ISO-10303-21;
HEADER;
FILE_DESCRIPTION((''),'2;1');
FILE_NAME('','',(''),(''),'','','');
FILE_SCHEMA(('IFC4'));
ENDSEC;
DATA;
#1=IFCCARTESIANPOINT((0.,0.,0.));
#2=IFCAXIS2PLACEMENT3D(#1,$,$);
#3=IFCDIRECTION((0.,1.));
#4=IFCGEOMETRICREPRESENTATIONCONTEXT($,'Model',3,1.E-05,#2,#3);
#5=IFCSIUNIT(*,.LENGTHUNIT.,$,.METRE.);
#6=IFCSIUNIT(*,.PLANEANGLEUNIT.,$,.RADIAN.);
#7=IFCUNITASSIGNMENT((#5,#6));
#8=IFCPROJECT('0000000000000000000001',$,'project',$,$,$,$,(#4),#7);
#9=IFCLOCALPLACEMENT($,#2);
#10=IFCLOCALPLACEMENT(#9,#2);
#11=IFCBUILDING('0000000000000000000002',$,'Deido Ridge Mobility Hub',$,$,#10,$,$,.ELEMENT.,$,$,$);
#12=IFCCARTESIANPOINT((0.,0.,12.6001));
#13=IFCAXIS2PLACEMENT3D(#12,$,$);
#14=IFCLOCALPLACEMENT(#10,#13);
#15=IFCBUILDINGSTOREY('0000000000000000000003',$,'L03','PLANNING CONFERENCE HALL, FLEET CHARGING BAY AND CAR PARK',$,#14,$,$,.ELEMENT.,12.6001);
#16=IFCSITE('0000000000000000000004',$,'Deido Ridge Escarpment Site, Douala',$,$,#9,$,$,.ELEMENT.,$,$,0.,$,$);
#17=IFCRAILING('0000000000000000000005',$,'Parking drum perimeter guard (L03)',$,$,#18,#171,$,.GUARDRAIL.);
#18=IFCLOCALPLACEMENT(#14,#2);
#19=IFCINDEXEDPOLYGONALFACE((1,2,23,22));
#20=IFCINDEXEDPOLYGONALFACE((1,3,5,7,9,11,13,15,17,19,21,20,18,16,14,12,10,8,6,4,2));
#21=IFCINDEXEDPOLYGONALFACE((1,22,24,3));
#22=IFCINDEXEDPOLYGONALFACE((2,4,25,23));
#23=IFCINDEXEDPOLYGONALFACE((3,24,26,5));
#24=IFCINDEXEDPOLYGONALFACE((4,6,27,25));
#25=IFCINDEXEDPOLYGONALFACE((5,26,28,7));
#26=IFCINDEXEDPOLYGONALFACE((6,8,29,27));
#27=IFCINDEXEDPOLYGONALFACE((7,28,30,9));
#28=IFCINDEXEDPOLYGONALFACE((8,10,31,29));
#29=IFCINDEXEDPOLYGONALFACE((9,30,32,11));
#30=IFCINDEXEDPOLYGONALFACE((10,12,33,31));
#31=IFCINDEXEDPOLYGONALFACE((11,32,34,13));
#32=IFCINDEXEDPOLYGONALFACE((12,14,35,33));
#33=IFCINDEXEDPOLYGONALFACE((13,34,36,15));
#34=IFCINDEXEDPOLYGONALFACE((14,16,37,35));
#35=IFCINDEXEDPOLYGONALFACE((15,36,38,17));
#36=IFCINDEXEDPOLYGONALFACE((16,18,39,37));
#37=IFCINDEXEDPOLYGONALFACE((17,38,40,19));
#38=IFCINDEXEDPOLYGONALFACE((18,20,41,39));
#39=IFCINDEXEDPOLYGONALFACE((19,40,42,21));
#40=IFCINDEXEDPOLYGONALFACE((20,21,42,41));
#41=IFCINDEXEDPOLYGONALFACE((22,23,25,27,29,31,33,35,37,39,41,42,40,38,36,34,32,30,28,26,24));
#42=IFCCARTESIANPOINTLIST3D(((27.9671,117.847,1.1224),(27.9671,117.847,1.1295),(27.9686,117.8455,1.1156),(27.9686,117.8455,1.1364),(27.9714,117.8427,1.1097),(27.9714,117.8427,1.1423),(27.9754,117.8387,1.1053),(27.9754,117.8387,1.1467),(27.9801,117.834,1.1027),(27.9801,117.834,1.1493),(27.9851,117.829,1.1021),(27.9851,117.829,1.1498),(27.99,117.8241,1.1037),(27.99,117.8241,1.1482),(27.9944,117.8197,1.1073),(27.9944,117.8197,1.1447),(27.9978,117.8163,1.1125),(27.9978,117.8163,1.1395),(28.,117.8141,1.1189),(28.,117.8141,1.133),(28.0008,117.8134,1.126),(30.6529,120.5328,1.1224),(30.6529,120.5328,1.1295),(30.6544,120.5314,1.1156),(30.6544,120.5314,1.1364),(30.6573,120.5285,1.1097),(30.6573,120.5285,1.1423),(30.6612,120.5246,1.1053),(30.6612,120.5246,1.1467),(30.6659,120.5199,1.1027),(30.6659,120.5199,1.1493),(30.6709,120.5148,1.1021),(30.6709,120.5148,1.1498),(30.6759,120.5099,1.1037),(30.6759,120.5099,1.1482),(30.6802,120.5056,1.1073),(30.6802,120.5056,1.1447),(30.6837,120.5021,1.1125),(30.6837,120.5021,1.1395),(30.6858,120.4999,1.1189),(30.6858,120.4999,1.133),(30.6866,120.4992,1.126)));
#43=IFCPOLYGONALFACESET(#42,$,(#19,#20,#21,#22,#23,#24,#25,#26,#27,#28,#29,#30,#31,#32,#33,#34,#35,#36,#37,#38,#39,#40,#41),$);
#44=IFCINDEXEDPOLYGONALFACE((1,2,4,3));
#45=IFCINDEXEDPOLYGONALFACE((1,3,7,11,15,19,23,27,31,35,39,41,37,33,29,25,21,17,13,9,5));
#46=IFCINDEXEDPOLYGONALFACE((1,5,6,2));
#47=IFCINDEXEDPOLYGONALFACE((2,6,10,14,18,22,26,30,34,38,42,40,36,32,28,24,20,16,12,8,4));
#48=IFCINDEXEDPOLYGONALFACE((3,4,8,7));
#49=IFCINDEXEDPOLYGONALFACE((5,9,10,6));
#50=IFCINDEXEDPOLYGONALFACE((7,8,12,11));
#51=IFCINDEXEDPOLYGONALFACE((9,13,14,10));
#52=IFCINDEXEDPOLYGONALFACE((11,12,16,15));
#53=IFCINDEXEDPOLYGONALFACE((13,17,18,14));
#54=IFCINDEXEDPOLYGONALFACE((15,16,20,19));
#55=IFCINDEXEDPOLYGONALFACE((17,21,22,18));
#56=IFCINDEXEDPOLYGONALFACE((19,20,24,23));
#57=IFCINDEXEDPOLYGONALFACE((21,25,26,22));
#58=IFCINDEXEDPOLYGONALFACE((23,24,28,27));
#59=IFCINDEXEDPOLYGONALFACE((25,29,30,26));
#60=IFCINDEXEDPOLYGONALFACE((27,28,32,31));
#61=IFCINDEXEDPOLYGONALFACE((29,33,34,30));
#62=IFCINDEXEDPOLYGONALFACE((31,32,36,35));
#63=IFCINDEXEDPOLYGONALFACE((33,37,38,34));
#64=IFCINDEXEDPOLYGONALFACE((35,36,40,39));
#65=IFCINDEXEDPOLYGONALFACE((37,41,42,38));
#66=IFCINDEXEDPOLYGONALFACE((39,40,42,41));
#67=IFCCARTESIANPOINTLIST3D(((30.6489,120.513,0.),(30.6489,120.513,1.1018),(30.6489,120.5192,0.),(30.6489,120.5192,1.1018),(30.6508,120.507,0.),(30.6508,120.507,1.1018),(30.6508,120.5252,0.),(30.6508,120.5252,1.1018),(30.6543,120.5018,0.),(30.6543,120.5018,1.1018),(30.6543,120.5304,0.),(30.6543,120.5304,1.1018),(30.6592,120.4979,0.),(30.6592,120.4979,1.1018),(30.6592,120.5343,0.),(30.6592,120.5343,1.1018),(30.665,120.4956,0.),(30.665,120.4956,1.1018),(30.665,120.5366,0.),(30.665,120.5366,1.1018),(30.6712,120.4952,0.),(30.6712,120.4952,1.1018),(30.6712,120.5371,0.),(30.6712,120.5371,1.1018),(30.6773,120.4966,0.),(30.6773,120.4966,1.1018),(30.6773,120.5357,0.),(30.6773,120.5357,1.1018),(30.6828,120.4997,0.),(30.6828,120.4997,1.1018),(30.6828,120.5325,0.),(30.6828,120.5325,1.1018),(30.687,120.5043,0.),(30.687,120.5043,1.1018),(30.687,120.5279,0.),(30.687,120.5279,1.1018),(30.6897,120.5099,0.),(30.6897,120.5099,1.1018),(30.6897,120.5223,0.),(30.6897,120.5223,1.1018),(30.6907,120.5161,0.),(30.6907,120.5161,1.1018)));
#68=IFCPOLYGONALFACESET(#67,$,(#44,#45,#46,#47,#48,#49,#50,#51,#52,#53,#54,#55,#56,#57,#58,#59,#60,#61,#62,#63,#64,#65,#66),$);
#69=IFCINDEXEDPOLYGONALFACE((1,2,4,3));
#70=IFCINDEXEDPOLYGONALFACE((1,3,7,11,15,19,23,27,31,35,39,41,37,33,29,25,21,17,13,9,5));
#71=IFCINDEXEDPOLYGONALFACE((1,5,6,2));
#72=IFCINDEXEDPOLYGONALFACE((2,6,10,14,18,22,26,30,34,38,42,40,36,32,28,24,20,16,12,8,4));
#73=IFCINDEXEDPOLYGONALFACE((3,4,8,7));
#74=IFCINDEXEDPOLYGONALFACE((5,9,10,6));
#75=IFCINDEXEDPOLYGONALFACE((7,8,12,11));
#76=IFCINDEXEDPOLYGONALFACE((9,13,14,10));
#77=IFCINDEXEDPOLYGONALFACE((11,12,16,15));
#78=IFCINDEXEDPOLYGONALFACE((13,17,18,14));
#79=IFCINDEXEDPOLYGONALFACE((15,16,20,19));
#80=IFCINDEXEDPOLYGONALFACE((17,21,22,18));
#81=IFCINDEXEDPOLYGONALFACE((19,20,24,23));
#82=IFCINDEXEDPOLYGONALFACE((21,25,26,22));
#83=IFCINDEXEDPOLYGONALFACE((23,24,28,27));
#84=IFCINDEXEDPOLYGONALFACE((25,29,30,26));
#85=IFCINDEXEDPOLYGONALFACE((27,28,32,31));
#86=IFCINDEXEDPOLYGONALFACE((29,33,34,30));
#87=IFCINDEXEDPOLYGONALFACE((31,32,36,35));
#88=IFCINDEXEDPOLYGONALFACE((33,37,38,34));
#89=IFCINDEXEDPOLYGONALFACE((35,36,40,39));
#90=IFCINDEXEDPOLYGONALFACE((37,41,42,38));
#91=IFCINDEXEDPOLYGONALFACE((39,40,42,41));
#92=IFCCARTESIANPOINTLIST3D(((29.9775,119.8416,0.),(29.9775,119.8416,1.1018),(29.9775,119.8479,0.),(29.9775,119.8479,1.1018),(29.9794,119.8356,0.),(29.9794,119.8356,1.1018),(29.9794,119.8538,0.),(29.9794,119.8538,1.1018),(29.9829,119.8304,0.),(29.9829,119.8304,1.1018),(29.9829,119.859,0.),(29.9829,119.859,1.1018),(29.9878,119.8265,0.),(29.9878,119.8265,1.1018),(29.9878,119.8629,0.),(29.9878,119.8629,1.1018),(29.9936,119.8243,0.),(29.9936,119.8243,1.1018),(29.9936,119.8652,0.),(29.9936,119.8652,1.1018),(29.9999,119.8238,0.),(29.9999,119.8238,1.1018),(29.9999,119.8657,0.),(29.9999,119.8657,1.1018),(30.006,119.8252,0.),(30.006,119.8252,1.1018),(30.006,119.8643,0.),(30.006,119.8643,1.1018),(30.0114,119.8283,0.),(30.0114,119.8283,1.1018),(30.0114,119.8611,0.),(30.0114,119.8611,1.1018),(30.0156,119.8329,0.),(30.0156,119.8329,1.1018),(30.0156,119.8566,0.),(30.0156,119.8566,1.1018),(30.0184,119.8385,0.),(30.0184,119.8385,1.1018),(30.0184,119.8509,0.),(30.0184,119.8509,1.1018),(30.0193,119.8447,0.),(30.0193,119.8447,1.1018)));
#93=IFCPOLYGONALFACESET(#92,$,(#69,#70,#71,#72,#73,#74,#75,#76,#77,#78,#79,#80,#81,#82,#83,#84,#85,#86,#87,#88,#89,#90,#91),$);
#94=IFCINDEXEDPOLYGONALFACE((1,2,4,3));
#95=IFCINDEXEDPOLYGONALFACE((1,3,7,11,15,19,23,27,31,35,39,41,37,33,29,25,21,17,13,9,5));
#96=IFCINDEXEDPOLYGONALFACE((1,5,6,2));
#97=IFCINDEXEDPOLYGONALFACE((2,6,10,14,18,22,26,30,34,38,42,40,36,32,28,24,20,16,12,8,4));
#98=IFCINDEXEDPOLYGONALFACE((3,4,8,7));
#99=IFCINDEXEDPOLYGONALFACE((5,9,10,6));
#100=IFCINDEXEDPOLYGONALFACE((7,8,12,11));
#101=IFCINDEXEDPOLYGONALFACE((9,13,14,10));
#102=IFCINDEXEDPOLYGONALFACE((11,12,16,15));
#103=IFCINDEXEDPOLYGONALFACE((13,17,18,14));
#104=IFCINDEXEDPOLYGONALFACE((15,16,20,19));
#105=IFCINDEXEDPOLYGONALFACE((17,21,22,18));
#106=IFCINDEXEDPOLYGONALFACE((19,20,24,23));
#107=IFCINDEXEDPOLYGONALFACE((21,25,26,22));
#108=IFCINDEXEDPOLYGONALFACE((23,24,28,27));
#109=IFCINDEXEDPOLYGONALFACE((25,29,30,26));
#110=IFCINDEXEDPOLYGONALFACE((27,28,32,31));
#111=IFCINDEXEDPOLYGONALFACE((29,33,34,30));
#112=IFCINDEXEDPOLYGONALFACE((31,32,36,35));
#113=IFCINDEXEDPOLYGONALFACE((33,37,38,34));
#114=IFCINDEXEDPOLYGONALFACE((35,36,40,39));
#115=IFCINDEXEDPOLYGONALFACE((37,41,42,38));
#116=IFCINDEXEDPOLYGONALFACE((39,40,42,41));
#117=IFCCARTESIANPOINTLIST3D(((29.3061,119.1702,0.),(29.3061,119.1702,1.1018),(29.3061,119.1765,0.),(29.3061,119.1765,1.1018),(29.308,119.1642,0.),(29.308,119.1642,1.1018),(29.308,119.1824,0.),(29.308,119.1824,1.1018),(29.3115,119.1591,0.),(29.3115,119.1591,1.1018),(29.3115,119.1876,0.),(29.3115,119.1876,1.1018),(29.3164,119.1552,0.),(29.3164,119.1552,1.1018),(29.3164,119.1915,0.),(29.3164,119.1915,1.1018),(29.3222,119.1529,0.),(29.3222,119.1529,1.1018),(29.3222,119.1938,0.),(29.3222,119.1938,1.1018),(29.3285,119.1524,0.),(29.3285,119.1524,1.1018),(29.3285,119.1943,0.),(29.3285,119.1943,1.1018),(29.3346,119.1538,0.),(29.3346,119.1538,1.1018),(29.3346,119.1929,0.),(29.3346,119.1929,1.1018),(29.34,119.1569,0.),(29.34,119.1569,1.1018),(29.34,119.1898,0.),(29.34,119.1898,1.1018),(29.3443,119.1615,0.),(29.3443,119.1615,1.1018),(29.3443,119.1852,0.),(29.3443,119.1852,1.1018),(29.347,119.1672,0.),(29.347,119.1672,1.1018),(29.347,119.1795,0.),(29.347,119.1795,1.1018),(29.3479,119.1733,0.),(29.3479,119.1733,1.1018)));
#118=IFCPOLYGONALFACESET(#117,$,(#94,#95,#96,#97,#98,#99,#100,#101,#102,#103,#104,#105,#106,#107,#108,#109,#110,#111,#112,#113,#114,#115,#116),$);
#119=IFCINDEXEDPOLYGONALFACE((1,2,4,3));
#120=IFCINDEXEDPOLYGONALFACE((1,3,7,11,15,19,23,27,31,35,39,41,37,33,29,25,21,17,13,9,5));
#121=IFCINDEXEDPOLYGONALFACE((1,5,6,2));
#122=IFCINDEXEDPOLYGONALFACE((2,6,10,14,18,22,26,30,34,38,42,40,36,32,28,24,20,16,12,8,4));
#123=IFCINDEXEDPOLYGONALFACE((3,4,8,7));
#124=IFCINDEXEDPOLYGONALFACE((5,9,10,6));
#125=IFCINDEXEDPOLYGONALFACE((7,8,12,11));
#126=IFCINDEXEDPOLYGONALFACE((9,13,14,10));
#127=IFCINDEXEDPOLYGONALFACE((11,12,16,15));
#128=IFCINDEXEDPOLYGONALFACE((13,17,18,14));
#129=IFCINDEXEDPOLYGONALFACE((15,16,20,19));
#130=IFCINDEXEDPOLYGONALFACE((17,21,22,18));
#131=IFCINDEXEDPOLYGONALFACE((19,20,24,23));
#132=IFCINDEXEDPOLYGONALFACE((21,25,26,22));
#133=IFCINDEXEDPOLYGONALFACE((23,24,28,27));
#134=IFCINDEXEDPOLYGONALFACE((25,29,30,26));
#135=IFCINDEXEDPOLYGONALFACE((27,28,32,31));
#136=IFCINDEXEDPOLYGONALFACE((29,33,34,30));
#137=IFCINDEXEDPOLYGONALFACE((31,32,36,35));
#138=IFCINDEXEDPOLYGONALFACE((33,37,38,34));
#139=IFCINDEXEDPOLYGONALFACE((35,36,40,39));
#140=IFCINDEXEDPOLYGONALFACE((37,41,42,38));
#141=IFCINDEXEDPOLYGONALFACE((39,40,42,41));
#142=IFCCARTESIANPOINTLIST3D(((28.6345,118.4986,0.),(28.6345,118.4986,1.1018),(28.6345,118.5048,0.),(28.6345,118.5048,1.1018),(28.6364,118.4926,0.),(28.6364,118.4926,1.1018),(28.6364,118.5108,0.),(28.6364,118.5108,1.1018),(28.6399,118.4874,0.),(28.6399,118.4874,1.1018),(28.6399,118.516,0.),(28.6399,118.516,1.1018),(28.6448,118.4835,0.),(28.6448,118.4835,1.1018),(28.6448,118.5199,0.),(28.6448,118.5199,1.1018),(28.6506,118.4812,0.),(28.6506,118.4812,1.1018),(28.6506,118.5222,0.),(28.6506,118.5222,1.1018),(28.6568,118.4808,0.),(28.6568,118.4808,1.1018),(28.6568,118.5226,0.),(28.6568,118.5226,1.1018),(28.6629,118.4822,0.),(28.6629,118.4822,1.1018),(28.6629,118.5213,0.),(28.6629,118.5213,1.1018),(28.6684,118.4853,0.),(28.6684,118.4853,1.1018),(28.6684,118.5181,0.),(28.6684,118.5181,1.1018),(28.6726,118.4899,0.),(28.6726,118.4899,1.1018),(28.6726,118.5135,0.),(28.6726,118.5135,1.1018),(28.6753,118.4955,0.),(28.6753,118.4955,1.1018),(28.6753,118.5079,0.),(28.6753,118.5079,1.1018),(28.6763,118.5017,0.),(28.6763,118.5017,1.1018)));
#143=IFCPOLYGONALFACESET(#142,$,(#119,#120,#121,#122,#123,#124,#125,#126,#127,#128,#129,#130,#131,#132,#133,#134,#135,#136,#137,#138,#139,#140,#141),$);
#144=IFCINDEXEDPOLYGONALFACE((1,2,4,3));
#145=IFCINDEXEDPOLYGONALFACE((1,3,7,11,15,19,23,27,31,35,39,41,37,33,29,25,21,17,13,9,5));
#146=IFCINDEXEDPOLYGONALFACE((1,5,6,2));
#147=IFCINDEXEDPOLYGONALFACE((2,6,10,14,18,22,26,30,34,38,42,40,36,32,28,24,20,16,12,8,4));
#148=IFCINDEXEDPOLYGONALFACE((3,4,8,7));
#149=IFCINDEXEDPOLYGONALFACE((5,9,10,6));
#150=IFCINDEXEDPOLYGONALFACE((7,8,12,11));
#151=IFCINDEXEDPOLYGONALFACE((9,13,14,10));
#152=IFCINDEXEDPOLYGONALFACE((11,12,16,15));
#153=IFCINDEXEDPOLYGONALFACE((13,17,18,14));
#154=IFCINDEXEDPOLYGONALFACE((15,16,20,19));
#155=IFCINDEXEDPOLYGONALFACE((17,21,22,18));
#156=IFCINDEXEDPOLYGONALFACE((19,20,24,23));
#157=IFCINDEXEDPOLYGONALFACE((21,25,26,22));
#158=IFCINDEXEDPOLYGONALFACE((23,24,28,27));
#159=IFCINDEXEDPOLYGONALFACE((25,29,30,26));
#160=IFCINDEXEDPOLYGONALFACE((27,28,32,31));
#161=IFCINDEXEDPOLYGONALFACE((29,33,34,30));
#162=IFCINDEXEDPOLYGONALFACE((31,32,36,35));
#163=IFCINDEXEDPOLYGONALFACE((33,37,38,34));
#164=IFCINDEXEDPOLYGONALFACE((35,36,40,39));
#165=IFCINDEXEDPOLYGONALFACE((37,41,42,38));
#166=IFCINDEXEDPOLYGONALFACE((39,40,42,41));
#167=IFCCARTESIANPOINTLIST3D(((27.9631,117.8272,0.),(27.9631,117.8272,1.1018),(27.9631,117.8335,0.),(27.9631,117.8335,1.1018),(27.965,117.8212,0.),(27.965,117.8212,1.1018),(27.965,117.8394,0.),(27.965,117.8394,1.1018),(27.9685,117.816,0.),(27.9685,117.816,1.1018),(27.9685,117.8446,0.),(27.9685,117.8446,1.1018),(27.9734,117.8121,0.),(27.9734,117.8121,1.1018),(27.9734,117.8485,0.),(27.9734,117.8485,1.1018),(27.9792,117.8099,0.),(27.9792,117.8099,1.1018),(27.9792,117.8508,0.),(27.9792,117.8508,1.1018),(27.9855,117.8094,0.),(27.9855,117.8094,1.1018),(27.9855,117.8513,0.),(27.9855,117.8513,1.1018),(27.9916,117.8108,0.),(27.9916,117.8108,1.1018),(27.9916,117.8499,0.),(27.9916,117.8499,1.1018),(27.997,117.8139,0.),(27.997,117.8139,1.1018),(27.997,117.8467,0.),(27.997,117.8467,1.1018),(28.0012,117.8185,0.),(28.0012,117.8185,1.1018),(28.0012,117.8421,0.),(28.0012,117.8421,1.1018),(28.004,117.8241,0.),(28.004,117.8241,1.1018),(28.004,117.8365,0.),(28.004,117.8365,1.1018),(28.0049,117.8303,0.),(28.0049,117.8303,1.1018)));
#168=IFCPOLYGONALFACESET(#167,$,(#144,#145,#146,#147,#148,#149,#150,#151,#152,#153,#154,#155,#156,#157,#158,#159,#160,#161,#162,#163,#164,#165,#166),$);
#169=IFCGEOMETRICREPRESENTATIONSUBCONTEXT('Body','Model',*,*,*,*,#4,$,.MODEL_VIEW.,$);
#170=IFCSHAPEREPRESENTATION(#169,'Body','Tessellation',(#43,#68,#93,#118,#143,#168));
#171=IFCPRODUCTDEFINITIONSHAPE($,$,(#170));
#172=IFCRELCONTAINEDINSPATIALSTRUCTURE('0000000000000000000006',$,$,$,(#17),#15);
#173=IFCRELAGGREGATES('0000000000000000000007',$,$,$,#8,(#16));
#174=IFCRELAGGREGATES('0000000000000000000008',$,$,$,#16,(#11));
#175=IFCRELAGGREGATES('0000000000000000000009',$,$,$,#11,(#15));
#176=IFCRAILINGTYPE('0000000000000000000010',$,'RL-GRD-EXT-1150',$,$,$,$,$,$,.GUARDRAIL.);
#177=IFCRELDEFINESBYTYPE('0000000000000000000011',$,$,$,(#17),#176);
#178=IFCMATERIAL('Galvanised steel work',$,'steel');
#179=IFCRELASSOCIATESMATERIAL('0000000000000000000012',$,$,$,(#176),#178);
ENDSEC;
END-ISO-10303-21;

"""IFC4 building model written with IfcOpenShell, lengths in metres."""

from ifc_helpers import new_model, si_unit, direction, frame, origin, origin_2d, place, context, subcontext, project, spatial, circle, extrude, material, type_object, element, save


model = new_model("IFC4")

# Units and contexts
model_context = context("Model", 3, precision=1e-05, world=origin(), true_north=direction((0.0, 1.0)))
body_context = subcontext(model_context, "Body", "Model", "MODEL_VIEW")
ifc_project = project(units=[si_unit("LENGTHUNIT", "METRE"), si_unit("PLANEANGLEUNIT", "RADIAN")], contexts=[model_context])

# Site, building, storey
site_placement = place(None, origin())
site = spatial("IfcSite", under=ifc_project, at=site_placement, Name="Deido Ridge Escarpment Site, Douala", CompositionType="ELEMENT", RefElevation=0.0)
building_placement = place(site_placement, origin())
building = spatial("IfcBuilding", under=site, at=building_placement, Name="Deido Ridge Mobility Hub", CompositionType="ELEMENT")
storey_placement = place(building_placement, frame((0.0, 0.0, 12.6001)))
storey = spatial("IfcBuildingStorey", under=building, at=storey_placement, Name="L03", Description="PLANNING CONFERENCE HALL, FLEET CHARGING BAY AND CAR PARK", CompositionType="ELEMENT", Elevation=12.6001)

# Railing
ifc_material_1 = material(Name="Galvanised steel work", Category="steel")
railing_type = type_object("IfcRailingType", Name="RL-GRD-EXT-1150", PredefinedType="GUARDRAIL", material=ifc_material_1)
railing_1_placement = place(storey_placement, frame((30.6697, 120.5161, 0.0)))
element("IfcRailing", 1, at=railing_1_placement, inside=storey, type_object=railing_type, Name="Parking drum perimeter guard (L03)", PredefinedType="GUARDRAIL", context=body_context, shape_type="SweptSolid", body=[
    extrude(circle(Radius=0.0239, at=origin_2d()), frame((0.0, 0.0, 1.126), z_axis=(-0.707107, -0.707107, 0.0), x_axis=(0.707107, -0.707107, 0.0)), (0.0, 0.0, 1.0), 3.7983),
    extrude(circle(Radius=0.021, at=origin_2d()), origin(), (0.0, 0.0, 1.0), 1.1018),
    extrude(circle(Radius=0.021, at=origin_2d()), frame((-0.6714, -0.6714, 0.0)), (0.0, 0.0, 1.0), 1.1018),
    extrude(circle(Radius=0.021, at=origin_2d()), frame((-1.3428, -1.3428, 0.0)), (0.0, 0.0, 1.0), 1.1018),
    extrude(circle(Radius=0.021, at=origin_2d()), frame((-2.0144, -2.0144, 0.0)), (0.0, 0.0, 1.0), 1.1018),
    extrude(circle(Radius=0.021, at=origin_2d()), frame((-2.6858, -2.6858, 0.0)), (0.0, 0.0, 1.0), 1.1018),
])

save(model, "model.ifc")
